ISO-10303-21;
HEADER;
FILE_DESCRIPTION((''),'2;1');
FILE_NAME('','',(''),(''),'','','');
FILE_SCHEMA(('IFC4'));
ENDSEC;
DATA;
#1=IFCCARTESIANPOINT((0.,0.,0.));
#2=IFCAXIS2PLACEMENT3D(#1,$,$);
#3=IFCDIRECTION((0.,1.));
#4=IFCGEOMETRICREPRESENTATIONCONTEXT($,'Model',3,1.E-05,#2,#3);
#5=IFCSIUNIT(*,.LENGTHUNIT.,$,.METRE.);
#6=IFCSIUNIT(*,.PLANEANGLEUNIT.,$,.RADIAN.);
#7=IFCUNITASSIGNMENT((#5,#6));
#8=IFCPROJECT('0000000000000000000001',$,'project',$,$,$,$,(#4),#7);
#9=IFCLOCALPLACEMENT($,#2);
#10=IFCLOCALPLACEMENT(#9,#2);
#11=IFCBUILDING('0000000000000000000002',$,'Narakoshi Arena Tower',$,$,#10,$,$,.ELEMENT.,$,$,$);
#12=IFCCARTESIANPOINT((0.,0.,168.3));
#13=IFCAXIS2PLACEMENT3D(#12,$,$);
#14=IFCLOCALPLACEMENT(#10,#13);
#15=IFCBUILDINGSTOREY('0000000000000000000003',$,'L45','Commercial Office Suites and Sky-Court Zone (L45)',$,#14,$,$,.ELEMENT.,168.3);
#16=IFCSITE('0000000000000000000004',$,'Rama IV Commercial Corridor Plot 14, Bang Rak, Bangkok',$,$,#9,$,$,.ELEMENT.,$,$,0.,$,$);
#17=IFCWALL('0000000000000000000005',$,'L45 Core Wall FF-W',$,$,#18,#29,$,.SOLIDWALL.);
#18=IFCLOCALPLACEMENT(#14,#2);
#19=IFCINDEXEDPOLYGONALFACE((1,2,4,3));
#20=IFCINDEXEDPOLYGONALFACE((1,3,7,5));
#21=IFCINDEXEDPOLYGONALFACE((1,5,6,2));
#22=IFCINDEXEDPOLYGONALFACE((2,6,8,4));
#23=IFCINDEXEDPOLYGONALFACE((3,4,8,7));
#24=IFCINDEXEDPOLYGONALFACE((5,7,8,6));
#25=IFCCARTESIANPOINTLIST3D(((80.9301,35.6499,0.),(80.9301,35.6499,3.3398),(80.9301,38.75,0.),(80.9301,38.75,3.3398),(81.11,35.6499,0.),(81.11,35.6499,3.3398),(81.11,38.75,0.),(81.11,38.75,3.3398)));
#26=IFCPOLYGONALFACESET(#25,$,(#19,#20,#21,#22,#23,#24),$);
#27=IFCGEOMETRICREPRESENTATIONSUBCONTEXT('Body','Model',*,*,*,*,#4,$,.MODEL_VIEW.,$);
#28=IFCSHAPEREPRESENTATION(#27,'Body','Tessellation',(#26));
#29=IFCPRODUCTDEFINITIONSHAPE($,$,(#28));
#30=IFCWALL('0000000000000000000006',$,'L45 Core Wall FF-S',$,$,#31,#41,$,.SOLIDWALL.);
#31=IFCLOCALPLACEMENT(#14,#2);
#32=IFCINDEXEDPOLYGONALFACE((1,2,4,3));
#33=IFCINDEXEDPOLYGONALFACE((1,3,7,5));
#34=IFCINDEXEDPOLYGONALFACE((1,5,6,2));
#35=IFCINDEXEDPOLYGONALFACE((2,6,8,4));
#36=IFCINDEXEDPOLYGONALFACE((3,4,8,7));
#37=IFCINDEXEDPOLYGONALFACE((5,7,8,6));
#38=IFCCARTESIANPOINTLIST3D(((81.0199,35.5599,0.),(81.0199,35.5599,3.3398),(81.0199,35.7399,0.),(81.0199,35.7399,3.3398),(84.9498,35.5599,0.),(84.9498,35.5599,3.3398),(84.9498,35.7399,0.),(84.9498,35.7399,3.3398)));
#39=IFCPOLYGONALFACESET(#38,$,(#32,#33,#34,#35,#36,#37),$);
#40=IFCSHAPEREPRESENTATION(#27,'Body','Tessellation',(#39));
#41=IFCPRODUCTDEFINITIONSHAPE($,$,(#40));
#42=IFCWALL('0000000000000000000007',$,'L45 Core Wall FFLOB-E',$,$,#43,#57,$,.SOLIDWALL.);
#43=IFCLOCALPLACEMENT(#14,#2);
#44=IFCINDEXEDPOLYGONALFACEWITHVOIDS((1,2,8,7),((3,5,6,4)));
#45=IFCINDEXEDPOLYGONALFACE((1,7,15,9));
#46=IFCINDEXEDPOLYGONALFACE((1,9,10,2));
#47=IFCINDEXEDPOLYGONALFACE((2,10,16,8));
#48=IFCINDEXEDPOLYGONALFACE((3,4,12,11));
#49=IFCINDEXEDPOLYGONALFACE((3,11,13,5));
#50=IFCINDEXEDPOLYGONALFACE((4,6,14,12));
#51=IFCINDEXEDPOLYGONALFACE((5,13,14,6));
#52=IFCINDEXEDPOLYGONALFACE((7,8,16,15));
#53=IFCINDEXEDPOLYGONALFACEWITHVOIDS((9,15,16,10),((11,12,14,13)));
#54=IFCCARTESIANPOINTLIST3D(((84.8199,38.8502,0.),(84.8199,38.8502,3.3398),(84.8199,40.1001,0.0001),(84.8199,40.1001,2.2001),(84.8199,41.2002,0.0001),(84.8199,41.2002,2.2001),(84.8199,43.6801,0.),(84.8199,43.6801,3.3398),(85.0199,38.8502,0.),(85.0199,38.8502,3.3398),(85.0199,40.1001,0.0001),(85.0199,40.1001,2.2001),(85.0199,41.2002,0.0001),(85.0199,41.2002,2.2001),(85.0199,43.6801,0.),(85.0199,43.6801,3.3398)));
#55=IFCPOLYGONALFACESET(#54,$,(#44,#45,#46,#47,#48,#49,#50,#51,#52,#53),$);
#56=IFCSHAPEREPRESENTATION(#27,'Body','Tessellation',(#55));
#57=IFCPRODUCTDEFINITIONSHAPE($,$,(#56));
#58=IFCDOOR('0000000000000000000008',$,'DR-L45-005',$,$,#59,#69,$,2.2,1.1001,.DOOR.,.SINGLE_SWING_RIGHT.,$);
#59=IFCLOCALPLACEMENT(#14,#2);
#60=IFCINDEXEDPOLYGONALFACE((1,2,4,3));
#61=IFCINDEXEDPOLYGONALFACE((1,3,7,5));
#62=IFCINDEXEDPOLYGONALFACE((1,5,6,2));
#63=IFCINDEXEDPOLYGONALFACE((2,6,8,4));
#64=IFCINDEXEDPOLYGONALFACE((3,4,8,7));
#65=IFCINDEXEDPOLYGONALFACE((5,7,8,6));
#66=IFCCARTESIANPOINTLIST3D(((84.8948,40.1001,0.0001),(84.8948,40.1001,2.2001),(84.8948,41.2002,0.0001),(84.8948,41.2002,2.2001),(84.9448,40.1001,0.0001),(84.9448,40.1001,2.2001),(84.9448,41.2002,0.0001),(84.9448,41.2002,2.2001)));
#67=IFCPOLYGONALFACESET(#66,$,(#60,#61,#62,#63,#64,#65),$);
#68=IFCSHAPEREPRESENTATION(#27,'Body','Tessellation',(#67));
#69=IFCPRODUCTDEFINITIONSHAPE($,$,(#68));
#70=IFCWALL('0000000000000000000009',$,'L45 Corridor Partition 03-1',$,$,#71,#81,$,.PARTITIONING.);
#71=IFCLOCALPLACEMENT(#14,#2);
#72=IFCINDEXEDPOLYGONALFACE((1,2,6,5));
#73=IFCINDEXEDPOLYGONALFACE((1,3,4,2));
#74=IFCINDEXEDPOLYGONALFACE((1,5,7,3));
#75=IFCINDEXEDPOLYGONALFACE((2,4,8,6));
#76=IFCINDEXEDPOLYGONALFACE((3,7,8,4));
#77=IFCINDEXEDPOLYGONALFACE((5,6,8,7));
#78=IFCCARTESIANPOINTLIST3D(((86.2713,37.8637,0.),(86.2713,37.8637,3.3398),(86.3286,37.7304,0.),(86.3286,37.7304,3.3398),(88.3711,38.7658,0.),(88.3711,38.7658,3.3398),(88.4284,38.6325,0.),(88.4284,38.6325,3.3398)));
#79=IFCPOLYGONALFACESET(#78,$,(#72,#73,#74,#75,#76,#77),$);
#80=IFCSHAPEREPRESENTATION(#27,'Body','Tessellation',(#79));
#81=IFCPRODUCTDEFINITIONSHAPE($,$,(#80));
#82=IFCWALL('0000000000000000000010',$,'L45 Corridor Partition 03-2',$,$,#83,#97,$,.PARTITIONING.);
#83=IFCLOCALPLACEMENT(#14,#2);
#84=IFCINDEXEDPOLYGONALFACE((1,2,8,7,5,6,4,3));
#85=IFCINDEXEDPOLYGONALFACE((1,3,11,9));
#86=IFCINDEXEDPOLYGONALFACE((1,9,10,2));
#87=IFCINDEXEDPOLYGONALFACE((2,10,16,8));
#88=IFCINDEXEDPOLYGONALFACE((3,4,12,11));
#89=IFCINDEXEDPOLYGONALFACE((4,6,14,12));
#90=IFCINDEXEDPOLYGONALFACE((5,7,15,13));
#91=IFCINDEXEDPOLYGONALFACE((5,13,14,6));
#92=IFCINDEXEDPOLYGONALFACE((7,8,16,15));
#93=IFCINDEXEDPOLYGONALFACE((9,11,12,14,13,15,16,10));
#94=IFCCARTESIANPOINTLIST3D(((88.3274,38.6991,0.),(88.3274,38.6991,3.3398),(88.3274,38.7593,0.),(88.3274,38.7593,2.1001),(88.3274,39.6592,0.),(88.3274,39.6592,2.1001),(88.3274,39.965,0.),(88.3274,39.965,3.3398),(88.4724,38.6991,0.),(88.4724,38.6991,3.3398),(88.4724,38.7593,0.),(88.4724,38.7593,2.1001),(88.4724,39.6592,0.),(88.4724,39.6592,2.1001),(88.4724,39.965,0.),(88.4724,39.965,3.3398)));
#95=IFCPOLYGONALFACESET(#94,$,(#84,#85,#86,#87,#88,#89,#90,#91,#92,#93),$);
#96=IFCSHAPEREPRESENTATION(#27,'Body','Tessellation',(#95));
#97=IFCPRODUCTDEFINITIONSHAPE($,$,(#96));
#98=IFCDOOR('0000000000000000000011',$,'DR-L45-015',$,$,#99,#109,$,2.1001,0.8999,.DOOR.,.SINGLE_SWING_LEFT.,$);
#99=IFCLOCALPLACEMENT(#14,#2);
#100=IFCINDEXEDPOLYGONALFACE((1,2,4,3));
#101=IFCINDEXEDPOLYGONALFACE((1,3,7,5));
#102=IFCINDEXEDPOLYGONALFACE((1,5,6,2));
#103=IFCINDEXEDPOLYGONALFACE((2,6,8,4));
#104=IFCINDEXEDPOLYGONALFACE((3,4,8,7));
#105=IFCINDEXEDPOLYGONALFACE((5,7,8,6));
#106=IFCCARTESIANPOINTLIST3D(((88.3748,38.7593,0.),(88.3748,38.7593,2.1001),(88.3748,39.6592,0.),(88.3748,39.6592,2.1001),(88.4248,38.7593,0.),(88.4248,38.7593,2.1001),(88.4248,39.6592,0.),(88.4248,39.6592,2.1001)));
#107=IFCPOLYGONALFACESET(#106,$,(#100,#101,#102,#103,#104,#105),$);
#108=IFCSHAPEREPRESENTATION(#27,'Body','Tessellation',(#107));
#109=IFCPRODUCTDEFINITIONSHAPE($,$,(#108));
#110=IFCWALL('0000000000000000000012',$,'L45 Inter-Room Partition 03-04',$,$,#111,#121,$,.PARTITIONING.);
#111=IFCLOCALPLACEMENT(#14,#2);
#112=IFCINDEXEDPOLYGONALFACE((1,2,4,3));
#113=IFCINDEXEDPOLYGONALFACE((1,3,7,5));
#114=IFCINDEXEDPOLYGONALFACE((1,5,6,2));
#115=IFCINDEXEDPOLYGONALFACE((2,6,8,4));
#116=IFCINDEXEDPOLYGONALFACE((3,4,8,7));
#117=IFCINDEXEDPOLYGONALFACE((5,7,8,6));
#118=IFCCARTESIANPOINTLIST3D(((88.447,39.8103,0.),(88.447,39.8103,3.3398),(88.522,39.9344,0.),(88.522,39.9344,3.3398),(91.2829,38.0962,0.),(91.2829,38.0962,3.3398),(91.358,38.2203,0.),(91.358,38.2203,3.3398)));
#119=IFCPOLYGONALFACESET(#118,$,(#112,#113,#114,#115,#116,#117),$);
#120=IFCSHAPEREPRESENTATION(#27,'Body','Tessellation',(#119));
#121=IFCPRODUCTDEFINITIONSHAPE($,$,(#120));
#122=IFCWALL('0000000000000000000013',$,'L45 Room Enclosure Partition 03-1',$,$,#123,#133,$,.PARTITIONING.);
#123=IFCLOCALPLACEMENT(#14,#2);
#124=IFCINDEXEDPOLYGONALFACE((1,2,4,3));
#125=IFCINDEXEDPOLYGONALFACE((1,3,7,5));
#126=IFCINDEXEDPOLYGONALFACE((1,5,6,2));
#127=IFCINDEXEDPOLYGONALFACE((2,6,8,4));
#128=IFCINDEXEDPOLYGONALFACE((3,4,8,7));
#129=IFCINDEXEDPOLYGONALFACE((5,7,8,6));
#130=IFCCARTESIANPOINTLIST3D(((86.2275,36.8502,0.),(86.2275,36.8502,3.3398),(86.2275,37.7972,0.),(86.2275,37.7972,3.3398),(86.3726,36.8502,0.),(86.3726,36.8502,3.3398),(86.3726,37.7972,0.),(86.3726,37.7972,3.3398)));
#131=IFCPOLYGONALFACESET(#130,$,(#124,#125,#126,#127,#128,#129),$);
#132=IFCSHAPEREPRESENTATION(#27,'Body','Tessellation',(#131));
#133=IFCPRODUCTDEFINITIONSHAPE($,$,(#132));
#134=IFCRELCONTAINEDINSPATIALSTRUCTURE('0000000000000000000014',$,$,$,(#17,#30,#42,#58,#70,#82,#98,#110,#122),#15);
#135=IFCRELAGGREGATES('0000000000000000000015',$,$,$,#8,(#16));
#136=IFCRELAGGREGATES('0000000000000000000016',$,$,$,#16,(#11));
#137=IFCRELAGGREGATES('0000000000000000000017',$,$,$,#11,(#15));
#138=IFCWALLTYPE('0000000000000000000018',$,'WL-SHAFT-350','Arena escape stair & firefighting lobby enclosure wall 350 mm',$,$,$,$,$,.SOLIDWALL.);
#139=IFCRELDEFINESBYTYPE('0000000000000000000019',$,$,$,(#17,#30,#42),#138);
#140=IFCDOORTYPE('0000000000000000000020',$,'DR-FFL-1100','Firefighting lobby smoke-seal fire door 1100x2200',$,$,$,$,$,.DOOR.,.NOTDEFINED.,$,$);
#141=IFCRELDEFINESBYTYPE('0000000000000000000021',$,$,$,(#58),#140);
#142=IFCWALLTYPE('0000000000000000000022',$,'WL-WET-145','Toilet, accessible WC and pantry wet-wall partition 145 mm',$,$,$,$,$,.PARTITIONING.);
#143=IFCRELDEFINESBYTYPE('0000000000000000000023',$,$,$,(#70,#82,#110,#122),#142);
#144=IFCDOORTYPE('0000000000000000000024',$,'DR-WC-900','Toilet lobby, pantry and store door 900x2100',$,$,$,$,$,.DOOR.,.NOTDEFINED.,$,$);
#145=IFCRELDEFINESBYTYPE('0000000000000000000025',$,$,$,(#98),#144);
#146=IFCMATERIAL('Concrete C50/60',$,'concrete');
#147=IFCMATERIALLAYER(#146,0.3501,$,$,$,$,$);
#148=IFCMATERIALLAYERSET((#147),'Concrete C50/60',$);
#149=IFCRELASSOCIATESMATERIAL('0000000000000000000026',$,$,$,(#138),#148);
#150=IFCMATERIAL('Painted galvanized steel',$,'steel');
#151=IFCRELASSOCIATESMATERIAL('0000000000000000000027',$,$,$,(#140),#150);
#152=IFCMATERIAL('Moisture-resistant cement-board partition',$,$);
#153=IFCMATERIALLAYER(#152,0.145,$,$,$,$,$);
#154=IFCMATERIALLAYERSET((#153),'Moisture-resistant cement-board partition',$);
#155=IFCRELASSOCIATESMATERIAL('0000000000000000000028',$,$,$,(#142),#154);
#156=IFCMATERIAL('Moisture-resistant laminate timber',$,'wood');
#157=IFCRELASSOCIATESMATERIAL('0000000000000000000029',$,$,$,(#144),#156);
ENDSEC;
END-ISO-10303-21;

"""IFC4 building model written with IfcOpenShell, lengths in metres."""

from ifc_helpers import new_model, si_unit, direction, frame, frame_2d, origin, place, context, subcontext, project, spatial, rectangle, extrude, material, layer, layer_set, type_object, element, fill, save


model = new_model("IFC4")

# Units and contexts
model_context = context("Model", 3, precision=1e-05, world=origin(), true_north=direction((0.0, 1.0)))
body_context = subcontext(model_context, "Body", "Model", "MODEL_VIEW")
ifc_project = project(units=[si_unit("LENGTHUNIT", "METRE"), si_unit("PLANEANGLEUNIT", "RADIAN")], contexts=[model_context])

# Site, building, storey
site_placement = place(None, origin())
site = spatial("IfcSite", under=ifc_project, at=site_placement, Name="Rama IV Commercial Corridor Plot 14, Bang Rak, Bangkok", CompositionType="ELEMENT", RefElevation=0.0)
building_placement = place(site_placement, origin())
building = spatial("IfcBuilding", under=site, at=building_placement, Name="Narakoshi Arena Tower", CompositionType="ELEMENT")
storey_placement = place(building_placement, frame((0.0, 0.0, 168.3)))
storey = spatial("IfcBuildingStorey", under=building, at=storey_placement, Name="L45", Description="Commercial Office Suites and Sky-Court Zone (L45)", CompositionType="ELEMENT", Elevation=168.3)

# Shared definitions
ifc_material_1 = material(Name="Concrete C50/60", Category="concrete")

# Shared definitions
ifc_layer_1 = layer(ifc_material_1, 0.3501)
ifc_layer_set_1 = layer_set([ifc_layer_1], Name="Concrete C50/60")
wall_type_1 = type_object("IfcWallType", Name="WL-SHAFT-350", Description="Arena escape stair & firefighting lobby enclosure wall 350 mm", PredefinedType="SOLIDWALL", material=ifc_layer_set_1)

# Shared definitions
ifc_material_2 = material(Name="Painted galvanized steel", Category="steel")

# Walls
for number, where, z_axis, x_axis, name in (
    (1, (81.02, 35.6499, 0.0), (0.0, 0.0, 1.0), (0.0, 1.0, 0.0), "L45 Core Wall FF-W"),
):
    element("IfcWall", number, at=place(storey_placement, frame(where, z_axis=z_axis, x_axis=x_axis)), inside=storey, type_object=wall_type_1, Name=name, PredefinedType="SOLIDWALL", context=body_context, shape_type="SweptSolid", body=[
        extrude(rectangle(XDim=3.1001, YDim=0.1799, at=frame_2d((1.55, 0.0))), origin(), (0.0, 0.0, 1.0), 3.3398),
    ])
wall_1_placement = place(storey_placement, frame((81.02, 35.6499, 0.0), z_axis=(0.0, 0.0, 1.0), x_axis=(1.0, 0.0, 0.0)))
element("IfcWall", 2, at=wall_1_placement, inside=storey, type_object=wall_type_1, Name="L45 Core Wall FF-S", PredefinedType="SOLIDWALL", context=body_context, shape_type="SweptSolid", body=[
    extrude(rectangle(XDim=3.9299, YDim=0.1799, at=frame_2d((1.9648, 0.0))), origin(), (0.0, 0.0, 1.0), 3.3398),
])

# Wall, opening, door
wall_2_placement = place(storey_placement, frame((84.9199, 38.8501, 0.0), z_axis=(0.0, 0.0, 1.0), x_axis=(0.0, 1.0, 0.0)))
wall_2 = element("IfcWall", 3, at=wall_2_placement, inside=storey, type_object=wall_type_1, Name="L45 Core Wall FFLOB-E", PredefinedType="SOLIDWALL", context=body_context, shape_type="SweptSolid", body=[
    extrude(rectangle(XDim=4.8298, YDim=0.2, at=frame_2d((2.415, 0.0))), origin(), (0.0, 0.0, 1.0), 3.3398),
])
opening_1_placement = place(wall_2_placement, frame((1.25, 0.0, 0.0)))
opening_1 = element("IfcOpeningElement", 4, at=opening_1_placement, cuts=wall_2, PredefinedType="OPENING", context=body_context, shape_type="SweptSolid", body=[
    extrude(rectangle(XDim=1.1001, YDim=2.2, at=frame_2d((0.55, 1.1001))), frame((0.0, 0.1099, 0.0), z_axis=(0.0, -1.0, 0.0), x_axis=(1.0, 0.0, 0.0)), (0.0, 0.0, 1.0), 0.22),
])
door_type_1 = type_object("IfcDoorType", Name="DR-FFL-1100", Description="Firefighting lobby smoke-seal fire door 1100x2200", OperationType="NOTDEFINED", PredefinedType="DOOR", material=ifc_material_2)
door_1_placement = place(opening_1_placement, frame((1.1001, 0.0, 0.0), z_axis=(0.0, 0.0, 1.0), x_axis=(-1.0, 0.0, 0.0)))
door_1 = element("IfcDoor", 5, at=door_1_placement, inside=storey, type_object=door_type_1, Name="DR-L45-005", OperationType="SINGLE_SWING_RIGHT", OverallHeight=2.2, OverallWidth=1.1001, PredefinedType="DOOR", context=body_context, shape_type="SweptSolid", body=[
    extrude(rectangle(XDim=1.1001, YDim=2.2, at=frame_2d((0.55, 1.1001))), frame((0.0, 0.0249, 0.0), z_axis=(0.0, -1.0, 0.0), x_axis=(1.0, 0.0, 0.0)), (0.0, 0.0, 1.0), 0.05),
])
fill(opening_1, door_1)

# Wall
ifc_material_3 = material(Name="Moisture-resistant cement-board partition")
ifc_layer_2 = layer(ifc_material_3, 0.145)
ifc_layer_set_2 = layer_set([ifc_layer_2], Name="Moisture-resistant cement-board partition")
wall_type_2 = type_object("IfcWallType", Name="WL-WET-145", Description="Toilet, accessible WC and pantry wet-wall partition 145 mm", PredefinedType="PARTITIONING", material=ifc_layer_set_2)
wall_3_placement = place(storey_placement, frame((86.3, 37.7971, 0.0), z_axis=(0.0, 0.0, 1.0), x_axis=(0.918802, 0.394718, 0.0)))
element("IfcWall", 6, at=wall_3_placement, inside=storey, type_object=wall_type_2, Name="L45 Corridor Partition 03-1", PredefinedType="PARTITIONING", context=body_context, shape_type="SweptSolid", body=[
    extrude(rectangle(XDim=2.2854, YDim=0.145, at=frame_2d((1.1426, 0.0))), origin(), (0.0, 0.0, 1.0), 3.3398),
])

# Wall, opening, door
wall_4_placement = place(storey_placement, frame((88.3999, 38.6992, 0.0), z_axis=(0.0, 0.0, 1.0), x_axis=(0.0, 1.0, 0.0)))
wall_4 = element("IfcWall", 7, at=wall_4_placement, inside=storey, type_object=wall_type_2, Name="L45 Corridor Partition 03-2", PredefinedType="PARTITIONING", context=body_context, shape_type="SweptSolid", body=[
    extrude(rectangle(XDim=1.2659, YDim=0.145, at=frame_2d((0.6328, 0.0))), origin(), (0.0, 0.0, 1.0), 3.3398),
])
opening_2_placement = place(wall_4_placement, frame((0.0601, 0.0, 0.0)))
opening_2 = element("IfcOpeningElement", 8, at=opening_2_placement, cuts=wall_4, PredefinedType="OPENING", context=body_context, shape_type="SweptSolid", body=[
    extrude(rectangle(XDim=0.8999, YDim=2.1001, at=frame_2d((0.45, 1.05))), frame((0.0, 0.0825, 0.0), z_axis=(0.0, -1.0, 0.0), x_axis=(1.0, 0.0, 0.0)), (0.0, 0.0, 1.0), 0.165),
])
ifc_material_4 = material(Name="Moisture-resistant laminate timber", Category="wood")
door_type_2 = type_object("IfcDoorType", Name="DR-WC-900", Description="Toilet lobby, pantry and store door 900x2100", OperationType="NOTDEFINED", PredefinedType="DOOR", material=ifc_material_4)
door_2_placement = place(opening_2_placement, frame((0.8999, 0.0, 0.0), z_axis=(0.0, 0.0, 1.0), x_axis=(-1.0, 0.0, 0.0)))
door_2 = element("IfcDoor", 9, at=door_2_placement, inside=storey, type_object=door_type_2, Name="DR-L45-015", OperationType="SINGLE_SWING_LEFT", OverallHeight=2.1001, OverallWidth=0.8999, PredefinedType="DOOR", context=body_context, shape_type="SweptSolid", body=[
    extrude(rectangle(XDim=0.8999, YDim=2.1001, at=frame_2d((0.45, 1.05))), frame((0.0, 0.0249, 0.0), z_axis=(0.0, -1.0, 0.0), x_axis=(1.0, 0.0, 0.0)), (0.0, 0.0, 1.0), 0.05),
])
fill(opening_2, door_2)

# Walls
wall_5_placement = place(storey_placement, frame((88.4846, 39.8723, 0.0), z_axis=(0.0, 0.0, 1.0), x_axis=(0.855818, -0.517278, 0.0)))
element("IfcWall", 10, at=wall_5_placement, inside=storey, type_object=wall_type_2, Name="L45 Inter-Room Partition 03-04", PredefinedType="PARTITIONING", context=body_context, shape_type="SweptSolid", body=[
    extrude(rectangle(XDim=3.3137, YDim=0.145, at=frame_2d((1.6567, 0.0))), origin(), (0.0, 0.0, 1.0), 3.3398),
])
wall_6_placement = place(storey_placement, frame((86.3, 36.8501, 0.0), z_axis=(0.0, 0.0, 1.0), x_axis=(0.0, 1.0, 0.0)))
element("IfcWall", 11, at=wall_6_placement, inside=storey, type_object=wall_type_2, Name="L45 Room Enclosure Partition 03-1", PredefinedType="PARTITIONING", context=body_context, shape_type="SweptSolid", body=[
    extrude(rectangle(XDim=0.947, YDim=0.145, at=frame_2d((0.4736, 0.0))), origin(), (0.0, 0.0, 1.0), 3.3398),
])

save(model, "model.ifc")
